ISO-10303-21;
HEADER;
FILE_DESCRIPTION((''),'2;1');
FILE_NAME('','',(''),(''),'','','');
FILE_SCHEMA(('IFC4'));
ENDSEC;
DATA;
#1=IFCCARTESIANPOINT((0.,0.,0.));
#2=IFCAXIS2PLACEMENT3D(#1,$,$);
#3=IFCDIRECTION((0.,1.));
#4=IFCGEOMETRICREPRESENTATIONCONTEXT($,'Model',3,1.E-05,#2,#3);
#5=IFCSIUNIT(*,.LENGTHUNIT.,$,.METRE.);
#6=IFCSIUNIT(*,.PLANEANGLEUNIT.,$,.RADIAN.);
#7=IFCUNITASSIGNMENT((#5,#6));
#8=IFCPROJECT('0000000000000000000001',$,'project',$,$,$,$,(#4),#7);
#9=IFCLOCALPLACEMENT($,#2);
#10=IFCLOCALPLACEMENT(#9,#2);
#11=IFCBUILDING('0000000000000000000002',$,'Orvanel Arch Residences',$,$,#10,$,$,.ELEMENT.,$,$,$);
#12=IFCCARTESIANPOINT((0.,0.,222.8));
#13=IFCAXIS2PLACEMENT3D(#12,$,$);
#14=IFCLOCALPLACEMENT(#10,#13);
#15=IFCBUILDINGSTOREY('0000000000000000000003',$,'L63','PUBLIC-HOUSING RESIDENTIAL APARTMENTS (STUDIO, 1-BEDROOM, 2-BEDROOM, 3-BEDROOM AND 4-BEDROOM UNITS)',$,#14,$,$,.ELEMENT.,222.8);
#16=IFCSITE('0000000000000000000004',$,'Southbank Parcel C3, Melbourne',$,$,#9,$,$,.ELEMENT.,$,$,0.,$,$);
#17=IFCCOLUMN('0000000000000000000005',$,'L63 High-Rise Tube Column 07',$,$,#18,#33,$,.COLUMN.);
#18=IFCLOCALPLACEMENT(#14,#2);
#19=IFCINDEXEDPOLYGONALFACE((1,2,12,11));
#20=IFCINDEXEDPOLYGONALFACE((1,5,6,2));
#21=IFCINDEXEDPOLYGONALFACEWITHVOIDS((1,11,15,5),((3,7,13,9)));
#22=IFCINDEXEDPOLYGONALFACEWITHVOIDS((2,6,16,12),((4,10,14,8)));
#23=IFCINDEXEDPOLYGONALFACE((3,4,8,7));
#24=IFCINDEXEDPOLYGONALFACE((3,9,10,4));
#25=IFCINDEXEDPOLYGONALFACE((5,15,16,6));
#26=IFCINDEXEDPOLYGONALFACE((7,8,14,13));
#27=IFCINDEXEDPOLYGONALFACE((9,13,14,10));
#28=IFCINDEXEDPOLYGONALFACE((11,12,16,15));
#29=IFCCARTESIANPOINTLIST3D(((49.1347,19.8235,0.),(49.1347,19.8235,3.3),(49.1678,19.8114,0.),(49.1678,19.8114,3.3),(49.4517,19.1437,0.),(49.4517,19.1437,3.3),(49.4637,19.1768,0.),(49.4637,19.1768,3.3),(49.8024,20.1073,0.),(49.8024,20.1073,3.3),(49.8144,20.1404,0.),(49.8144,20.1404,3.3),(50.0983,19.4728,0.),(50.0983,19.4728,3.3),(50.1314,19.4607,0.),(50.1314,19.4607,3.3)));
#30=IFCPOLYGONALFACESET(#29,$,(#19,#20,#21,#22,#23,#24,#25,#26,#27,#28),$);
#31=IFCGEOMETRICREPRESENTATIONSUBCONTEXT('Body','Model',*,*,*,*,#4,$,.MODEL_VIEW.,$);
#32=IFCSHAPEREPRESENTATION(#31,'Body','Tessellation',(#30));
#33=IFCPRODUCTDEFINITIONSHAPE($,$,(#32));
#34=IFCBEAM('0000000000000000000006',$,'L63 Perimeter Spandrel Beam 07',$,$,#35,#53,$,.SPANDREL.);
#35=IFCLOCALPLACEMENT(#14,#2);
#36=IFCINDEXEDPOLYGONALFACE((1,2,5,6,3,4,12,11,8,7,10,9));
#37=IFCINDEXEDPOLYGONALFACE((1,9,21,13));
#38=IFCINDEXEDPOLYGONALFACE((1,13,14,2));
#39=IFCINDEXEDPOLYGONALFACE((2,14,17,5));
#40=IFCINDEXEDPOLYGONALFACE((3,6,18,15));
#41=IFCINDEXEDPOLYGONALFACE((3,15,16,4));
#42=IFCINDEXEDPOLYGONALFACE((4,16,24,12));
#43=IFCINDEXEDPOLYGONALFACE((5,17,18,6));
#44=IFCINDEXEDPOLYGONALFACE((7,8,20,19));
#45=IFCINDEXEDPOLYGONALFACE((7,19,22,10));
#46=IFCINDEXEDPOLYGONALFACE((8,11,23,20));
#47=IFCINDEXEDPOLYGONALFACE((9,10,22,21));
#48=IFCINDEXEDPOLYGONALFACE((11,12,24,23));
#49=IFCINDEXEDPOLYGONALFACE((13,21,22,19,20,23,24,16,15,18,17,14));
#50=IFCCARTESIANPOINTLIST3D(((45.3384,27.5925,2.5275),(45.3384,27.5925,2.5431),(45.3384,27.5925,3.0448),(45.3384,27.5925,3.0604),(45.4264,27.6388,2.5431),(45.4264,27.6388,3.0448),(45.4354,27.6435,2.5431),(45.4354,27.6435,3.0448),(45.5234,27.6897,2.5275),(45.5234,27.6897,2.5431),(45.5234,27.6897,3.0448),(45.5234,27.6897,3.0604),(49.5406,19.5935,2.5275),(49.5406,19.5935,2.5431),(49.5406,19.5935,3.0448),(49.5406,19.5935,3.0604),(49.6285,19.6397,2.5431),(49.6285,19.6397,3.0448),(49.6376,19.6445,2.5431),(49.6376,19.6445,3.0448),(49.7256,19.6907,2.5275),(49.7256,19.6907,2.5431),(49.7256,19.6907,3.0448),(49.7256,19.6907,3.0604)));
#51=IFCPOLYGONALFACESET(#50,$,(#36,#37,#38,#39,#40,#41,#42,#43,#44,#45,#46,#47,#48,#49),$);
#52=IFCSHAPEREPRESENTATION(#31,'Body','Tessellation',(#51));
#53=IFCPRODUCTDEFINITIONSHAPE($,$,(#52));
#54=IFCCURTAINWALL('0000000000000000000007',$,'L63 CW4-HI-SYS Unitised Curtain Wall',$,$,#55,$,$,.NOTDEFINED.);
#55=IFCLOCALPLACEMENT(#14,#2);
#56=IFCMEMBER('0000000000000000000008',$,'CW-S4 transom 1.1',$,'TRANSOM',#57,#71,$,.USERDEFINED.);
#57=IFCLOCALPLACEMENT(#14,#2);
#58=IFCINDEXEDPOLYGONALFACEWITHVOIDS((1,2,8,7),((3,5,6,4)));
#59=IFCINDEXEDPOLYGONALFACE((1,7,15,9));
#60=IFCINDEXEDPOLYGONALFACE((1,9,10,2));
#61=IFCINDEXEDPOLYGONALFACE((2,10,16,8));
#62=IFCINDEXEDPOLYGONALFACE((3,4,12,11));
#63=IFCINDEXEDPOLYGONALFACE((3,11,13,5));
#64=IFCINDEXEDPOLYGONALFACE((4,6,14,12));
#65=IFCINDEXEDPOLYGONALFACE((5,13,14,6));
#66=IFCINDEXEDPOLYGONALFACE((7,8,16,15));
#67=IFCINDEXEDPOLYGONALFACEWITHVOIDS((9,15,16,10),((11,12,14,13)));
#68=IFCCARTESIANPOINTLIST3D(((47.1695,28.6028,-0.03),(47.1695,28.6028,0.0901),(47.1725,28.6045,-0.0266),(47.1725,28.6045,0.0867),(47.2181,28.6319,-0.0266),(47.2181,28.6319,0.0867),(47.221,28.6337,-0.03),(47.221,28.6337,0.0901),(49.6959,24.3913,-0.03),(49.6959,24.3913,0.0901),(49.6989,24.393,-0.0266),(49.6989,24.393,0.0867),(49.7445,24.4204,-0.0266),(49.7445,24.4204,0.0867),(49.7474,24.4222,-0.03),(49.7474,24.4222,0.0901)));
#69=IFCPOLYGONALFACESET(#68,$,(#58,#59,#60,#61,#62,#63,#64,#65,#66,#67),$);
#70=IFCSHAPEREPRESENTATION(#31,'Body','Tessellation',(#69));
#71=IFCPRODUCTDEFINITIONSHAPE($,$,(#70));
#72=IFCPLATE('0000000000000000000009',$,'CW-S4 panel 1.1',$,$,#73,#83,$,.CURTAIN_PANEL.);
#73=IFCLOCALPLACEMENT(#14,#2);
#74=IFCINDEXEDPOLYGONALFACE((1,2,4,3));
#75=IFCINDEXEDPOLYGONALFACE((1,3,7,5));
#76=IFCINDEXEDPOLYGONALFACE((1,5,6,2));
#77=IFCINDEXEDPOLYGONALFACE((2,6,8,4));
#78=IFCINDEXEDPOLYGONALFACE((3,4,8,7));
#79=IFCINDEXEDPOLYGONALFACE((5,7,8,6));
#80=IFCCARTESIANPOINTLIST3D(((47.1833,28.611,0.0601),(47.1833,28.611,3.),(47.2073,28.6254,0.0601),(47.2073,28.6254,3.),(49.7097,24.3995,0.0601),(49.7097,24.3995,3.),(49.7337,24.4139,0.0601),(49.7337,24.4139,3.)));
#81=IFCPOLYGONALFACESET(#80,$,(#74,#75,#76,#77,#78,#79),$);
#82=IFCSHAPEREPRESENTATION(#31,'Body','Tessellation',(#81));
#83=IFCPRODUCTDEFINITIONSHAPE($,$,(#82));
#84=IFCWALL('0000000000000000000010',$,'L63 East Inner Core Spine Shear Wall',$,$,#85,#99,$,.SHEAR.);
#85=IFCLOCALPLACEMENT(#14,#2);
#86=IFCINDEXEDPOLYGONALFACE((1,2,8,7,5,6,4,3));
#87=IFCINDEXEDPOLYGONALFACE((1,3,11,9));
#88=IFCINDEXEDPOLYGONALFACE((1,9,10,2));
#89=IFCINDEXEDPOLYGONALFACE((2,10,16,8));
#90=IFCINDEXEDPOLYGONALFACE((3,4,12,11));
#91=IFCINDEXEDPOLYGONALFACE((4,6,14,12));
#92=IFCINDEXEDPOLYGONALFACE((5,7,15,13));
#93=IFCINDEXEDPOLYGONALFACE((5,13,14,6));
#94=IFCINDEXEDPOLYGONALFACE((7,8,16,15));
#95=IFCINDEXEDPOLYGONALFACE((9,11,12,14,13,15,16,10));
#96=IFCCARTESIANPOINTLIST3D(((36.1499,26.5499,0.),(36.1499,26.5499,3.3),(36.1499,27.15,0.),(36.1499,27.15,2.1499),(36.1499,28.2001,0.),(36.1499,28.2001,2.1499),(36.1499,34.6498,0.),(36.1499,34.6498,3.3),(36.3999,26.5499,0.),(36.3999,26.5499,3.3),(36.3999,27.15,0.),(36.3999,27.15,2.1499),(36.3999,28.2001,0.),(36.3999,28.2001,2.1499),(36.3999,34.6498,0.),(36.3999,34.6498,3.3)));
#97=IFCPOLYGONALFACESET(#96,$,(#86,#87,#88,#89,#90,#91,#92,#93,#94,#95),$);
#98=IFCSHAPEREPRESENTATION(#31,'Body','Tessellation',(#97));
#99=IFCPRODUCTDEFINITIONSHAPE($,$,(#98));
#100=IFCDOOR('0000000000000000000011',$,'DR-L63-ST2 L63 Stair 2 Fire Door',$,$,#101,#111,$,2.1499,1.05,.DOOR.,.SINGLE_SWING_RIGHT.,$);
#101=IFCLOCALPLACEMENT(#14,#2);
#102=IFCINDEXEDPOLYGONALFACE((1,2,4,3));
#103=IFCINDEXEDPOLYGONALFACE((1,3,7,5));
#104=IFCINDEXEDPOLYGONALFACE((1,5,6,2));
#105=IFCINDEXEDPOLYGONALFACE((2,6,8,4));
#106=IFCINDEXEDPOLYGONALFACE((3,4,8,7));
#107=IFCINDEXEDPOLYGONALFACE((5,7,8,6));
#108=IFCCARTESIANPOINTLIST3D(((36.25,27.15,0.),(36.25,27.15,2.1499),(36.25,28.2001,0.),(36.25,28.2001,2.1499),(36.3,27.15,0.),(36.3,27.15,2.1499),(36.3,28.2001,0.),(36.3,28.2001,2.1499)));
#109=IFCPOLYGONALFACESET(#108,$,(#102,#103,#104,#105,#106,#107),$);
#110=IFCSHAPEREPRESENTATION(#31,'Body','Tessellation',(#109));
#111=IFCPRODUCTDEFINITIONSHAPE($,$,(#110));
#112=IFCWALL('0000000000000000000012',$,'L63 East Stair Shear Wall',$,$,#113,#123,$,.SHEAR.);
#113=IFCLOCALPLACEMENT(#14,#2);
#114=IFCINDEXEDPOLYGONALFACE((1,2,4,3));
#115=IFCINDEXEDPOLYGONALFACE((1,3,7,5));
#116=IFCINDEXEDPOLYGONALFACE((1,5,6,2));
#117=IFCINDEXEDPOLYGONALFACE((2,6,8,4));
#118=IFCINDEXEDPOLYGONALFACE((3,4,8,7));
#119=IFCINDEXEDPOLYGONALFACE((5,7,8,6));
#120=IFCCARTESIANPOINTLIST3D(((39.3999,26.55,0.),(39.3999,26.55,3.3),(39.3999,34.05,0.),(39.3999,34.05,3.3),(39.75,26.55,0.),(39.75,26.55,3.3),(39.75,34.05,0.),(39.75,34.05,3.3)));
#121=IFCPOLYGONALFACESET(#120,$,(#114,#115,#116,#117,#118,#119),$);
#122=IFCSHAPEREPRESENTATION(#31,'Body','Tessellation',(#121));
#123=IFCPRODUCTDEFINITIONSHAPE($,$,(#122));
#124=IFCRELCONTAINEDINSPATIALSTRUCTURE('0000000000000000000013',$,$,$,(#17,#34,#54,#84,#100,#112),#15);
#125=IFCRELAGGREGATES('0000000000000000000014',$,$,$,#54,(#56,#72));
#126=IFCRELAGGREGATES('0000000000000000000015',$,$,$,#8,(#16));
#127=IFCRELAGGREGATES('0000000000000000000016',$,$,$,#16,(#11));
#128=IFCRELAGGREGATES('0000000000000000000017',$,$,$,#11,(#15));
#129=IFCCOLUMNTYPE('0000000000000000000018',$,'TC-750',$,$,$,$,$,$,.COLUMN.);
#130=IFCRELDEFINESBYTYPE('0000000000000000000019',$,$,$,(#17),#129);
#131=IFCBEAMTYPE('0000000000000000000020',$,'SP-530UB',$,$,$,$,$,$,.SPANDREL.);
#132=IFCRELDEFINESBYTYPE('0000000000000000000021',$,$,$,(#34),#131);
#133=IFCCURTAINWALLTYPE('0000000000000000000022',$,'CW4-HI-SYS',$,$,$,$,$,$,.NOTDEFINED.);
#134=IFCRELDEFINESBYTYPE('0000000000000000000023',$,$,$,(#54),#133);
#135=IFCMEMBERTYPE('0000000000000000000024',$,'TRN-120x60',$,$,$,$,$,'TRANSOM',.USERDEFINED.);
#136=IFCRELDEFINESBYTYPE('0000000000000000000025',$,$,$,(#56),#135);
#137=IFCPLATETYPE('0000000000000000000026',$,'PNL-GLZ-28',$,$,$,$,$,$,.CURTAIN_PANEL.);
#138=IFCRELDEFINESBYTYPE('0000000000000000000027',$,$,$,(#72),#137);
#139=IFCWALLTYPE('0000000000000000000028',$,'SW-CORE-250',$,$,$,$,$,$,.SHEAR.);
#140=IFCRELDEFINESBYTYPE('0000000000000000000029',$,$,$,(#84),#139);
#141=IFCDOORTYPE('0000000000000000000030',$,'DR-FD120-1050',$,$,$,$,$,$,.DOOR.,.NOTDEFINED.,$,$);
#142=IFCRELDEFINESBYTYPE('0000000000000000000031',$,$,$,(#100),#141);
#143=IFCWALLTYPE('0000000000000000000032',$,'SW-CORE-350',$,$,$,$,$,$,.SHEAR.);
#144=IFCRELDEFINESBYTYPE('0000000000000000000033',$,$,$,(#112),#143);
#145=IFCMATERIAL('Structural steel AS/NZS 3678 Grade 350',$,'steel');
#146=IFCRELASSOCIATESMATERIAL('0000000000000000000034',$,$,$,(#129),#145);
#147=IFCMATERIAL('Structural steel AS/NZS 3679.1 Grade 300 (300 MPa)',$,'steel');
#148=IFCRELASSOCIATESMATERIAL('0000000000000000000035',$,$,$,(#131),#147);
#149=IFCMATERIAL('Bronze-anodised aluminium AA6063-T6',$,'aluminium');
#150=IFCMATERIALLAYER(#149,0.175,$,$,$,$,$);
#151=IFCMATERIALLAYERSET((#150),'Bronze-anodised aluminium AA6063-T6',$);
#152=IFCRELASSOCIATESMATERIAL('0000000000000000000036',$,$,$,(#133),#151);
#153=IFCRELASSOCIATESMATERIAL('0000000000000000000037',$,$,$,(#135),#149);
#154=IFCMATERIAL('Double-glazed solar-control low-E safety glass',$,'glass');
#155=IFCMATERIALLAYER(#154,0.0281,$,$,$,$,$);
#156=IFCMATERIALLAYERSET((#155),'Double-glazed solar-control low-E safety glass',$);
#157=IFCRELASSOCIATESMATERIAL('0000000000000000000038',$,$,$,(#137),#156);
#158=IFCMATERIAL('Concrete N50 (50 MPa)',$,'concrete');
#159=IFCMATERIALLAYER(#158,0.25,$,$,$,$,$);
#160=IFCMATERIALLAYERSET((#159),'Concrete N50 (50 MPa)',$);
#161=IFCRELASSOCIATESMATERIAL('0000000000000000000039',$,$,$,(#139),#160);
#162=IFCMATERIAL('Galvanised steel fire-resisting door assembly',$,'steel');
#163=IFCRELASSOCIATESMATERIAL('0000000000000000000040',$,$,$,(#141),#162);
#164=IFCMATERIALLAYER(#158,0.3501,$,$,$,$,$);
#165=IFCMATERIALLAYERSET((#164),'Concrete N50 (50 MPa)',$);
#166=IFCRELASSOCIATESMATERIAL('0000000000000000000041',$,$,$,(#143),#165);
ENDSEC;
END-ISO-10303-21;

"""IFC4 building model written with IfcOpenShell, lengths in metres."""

from ifc_helpers import new_model, si_unit, direction, frame, frame_2d, origin, origin_2d, place, context, subcontext, project, spatial, rectangle, hollow_rectangle, i_section, extrude, material, layer, layer_set, material_profile, profile_set, type_object, element, fill, aggregate, save


model = new_model("IFC4")

# Units and contexts
model_context = context("Model", 3, precision=1e-05, world=origin(), true_north=direction((0.0, 1.0)))
body_context = subcontext(model_context, "Body", "Model", "MODEL_VIEW")
ifc_project = project(units=[si_unit("LENGTHUNIT", "METRE"), si_unit("PLANEANGLEUNIT", "RADIAN")], contexts=[model_context])

# Site, building, storey
site_placement = place(None, origin())
site = spatial("IfcSite", under=ifc_project, at=site_placement, Name="Southbank Parcel C3, Melbourne", CompositionType="ELEMENT", RefElevation=0.0)
building_placement = place(site_placement, origin())
building = spatial("IfcBuilding", under=site, at=building_placement, Name="Orvanel Arch Residences", CompositionType="ELEMENT")
storey_placement = place(building_placement, frame((0.0, 0.0, 222.8)))
storey = spatial("IfcBuildingStorey", under=building, at=storey_placement, Name="L63", Description="PUBLIC-HOUSING RESIDENTIAL APARTMENTS (STUDIO, 1-BEDROOM, 2-BEDROOM, 3-BEDROOM AND 4-BEDROOM UNITS)", CompositionType="ELEMENT", Elevation=222.8)

# Column
ifc_material_1 = material(Name="Structural steel AS/NZS 3678 Grade 350", Category="steel")
ifc_material_profile_1 = material_profile(ifc_material_1, hollow_rectangle(XDim=0.75, YDim=0.75, WallThickness=0.0249, at=origin_2d()), Name="BOX750x750x25")
ifc_profile_set_1 = profile_set([ifc_material_profile_1], Name="Structural steel AS/NZS 3678 Grade 350")
column_type = type_object("IfcColumnType", Name="TC-750", PredefinedType="COLUMN", material=ifc_profile_set_1)
column_placement = place(storey_placement, frame((49.6331, 19.6421, 0.0), z_axis=(0.0, 0.0, 1.0), x_axis=(-0.422618, 0.906308, 0.0)))
element("IfcColumn", 1, at=column_placement, inside=storey, type_object=column_type, Name="L63 High-Rise Tube Column 07", PredefinedType="COLUMN", context=body_context, shape_type="SweptSolid", body=[
    extrude(hollow_rectangle(XDim=0.75, YDim=0.75, WallThickness=0.0249, at=origin_2d()), origin(), (0.0, 0.0, 1.0), 3.3),
])

# Beam
ifc_material_2 = material(Name="Structural steel AS/NZS 3679.1 Grade 300 (300 MPa)", Category="steel")
ifc_material_profile_2 = material_profile(ifc_material_2, i_section(OverallWidth=0.209, OverallDepth=0.533, WebThickness=0.0103, FlangeThickness=0.0156, at=origin_2d()), Name="530UB92.4")
ifc_profile_set_2 = profile_set([ifc_material_profile_2], Name="Structural steel AS/NZS 3679.1 Grade 300 (300 MPa)")
beam_type = type_object("IfcBeamType", Name="SP-530UB", PredefinedType="SPANDREL", material=ifc_profile_set_2)
beam_placement = place(storey_placement, frame((49.6331, 19.6421, 2.7939), z_axis=(-0.465065, 0.885277, 0.0), x_axis=(-0.885277, -0.465065, 0.0)))
element("IfcBeam", 2, at=beam_placement, inside=storey, type_object=beam_type, Name="L63 Perimeter Spandrel Beam 07", PredefinedType="SPANDREL", context=body_context, shape_type="SweptSolid", body=[
    extrude(i_section(OverallWidth=0.209, OverallDepth=0.533, WebThickness=0.0103, FlangeThickness=0.0156, at=origin_2d()), origin(), (0.0, 0.0, 1.0), 9.0356),
])

# Curtain wall, member, plate
ifc_material_3 = material(Name="Bronze-anodised aluminium AA6063-T6", Category="aluminium")
ifc_layer_1 = layer(ifc_material_3, 0.175)
ifc_layer_set_1 = layer_set([ifc_layer_1], Name="Bronze-anodised aluminium AA6063-T6")
curtain_wall_type = type_object("IfcCurtainWallType", Name="CW4-HI-SYS", PredefinedType="NOTDEFINED", material=ifc_layer_set_1)
curtain_wall_placement = place(storey_placement, origin())
curtain_wall = element("IfcCurtainWall", 3, at=curtain_wall_placement, inside=storey, type_object=curtain_wall_type, Name="L63 CW4-HI-SYS Unitised Curtain Wall", PredefinedType="NOTDEFINED")
ifc_material_profile_3 = material_profile(ifc_material_3, hollow_rectangle(XDim=0.0601, YDim=0.1201, WallThickness=0.0034, at=origin_2d()), Name="ALU120x60x3.5")
ifc_profile_set_3 = profile_set([ifc_material_profile_3], Name="Bronze-anodised aluminium AA6063-T6")
member_type = type_object("IfcMemberType", Name="TRN-120x60", ElementType="TRANSOM", PredefinedType="USERDEFINED", material=ifc_profile_set_3)
member_placement = place(storey_placement, frame((49.7217, 24.4067, 0.03), z_axis=(-0.514423, 0.857537, 0.0), x_axis=(-0.857537, -0.514423, 0.0)))
member = element("IfcMember", 4, at=member_placement, type_object=member_type, Name="CW-S4 transom 1.1", ObjectType="TRANSOM", PredefinedType="USERDEFINED", context=body_context, shape_type="SweptSolid", body=[
    extrude(hollow_rectangle(XDim=0.0601, YDim=0.1201, WallThickness=0.0034, at=origin_2d()), origin(), (0.0, 0.0, 1.0), 4.9111),
])
ifc_material_4 = material(Name="Double-glazed solar-control low-E safety glass", Category="glass")
ifc_layer_2 = layer(ifc_material_4, 0.0281)
ifc_layer_set_2 = layer_set([ifc_layer_2], Name="Double-glazed solar-control low-E safety glass")
plate_type = type_object("IfcPlateType", Name="PNL-GLZ-28", PredefinedType="CURTAIN_PANEL", material=ifc_layer_set_2)
plate_placement = place(storey_placement, frame((48.4585, 26.5125, 0.0601), z_axis=(0.0, 0.0, 1.0), x_axis=(-0.514422, 0.857537, 0.0)))
plate = element("IfcPlate", 5, at=plate_placement, type_object=plate_type, Name="CW-S4 panel 1.1", PredefinedType="CURTAIN_PANEL", context=body_context, shape_type="SweptSolid", body=[
    extrude(rectangle(XDim=4.9111, YDim=0.0281, at=origin_2d()), origin(), (0.0, 0.0, 1.0), 2.9399),
])
aggregate(curtain_wall, [member, plate])

# Wall, opening, door
ifc_material_5 = material(Name="Concrete N50 (50 MPa)", Category="concrete")
ifc_layer_3 = layer(ifc_material_5, 0.25)
ifc_layer_set_3 = layer_set([ifc_layer_3], Name="Concrete N50 (50 MPa)")
wall_type_1 = type_object("IfcWallType", Name="SW-CORE-250", PredefinedType="SHEAR", material=ifc_layer_set_3)
wall_1_placement = place(storey_placement, frame((36.2749, 26.55, 0.0), z_axis=(0.0, 0.0, 1.0), x_axis=(0.0, 1.0, 0.0)))
wall_1 = element("IfcWall", 6, at=wall_1_placement, inside=storey, type_object=wall_type_1, Name="L63 East Inner Core Spine Shear Wall", PredefinedType="SHEAR", context=body_context, shape_type="SweptSolid", body=[
    extrude(rectangle(XDim=8.0999, YDim=0.25, at=frame_2d((4.0498, 0.0))), origin(), (0.0, 0.0, 1.0), 3.3),
])
opening_1_placement = place(wall_1_placement, frame((0.6001, 0.0, 0.0)))
opening_1 = element("IfcOpeningElement", 7, at=opening_1_placement, cuts=wall_1, PredefinedType="OPENING", context=body_context, shape_type="SweptSolid", body=[
    extrude(rectangle(XDim=1.05, YDim=2.1499, at=frame_2d((0.5249, 1.075))), frame((0.0, 0.135, 0.0), z_axis=(0.0, -1.0, 0.0), x_axis=(1.0, 0.0, 0.0)), (0.0, 0.0, 1.0), 0.27),
])
ifc_material_6 = material(Name="Galvanised steel fire-resisting door assembly", Category="steel")
door_type_1 = type_object("IfcDoorType", Name="DR-FD120-1050", OperationType="NOTDEFINED", PredefinedType="DOOR", material=ifc_material_6)
door_1_placement = place(opening_1_placement, origin())
door_1 = element("IfcDoor", 8, at=door_1_placement, inside=storey, type_object=door_type_1, Name="DR-L63-ST2 L63 Stair 2 Fire Door", OperationType="SINGLE_SWING_RIGHT", OverallHeight=2.1499, OverallWidth=1.05, PredefinedType="DOOR", context=body_context, shape_type="SweptSolid", body=[
    extrude(rectangle(XDim=1.05, YDim=2.1499, at=frame_2d((0.5249, 1.075))), frame((0.0, 0.0249, 0.0), z_axis=(0.0, -1.0, 0.0), x_axis=(1.0, 0.0, 0.0)), (0.0, 0.0, 1.0), 0.05),
])
fill(opening_1, door_1)

# Wall
ifc_layer_4 = layer(ifc_material_5, 0.3501)
ifc_layer_set_4 = layer_set([ifc_layer_4], Name="Concrete N50 (50 MPa)")
wall_type_2 = type_object("IfcWallType", Name="SW-CORE-350", PredefinedType="SHEAR", material=ifc_layer_set_4)
wall_2_placement = place(storey_placement, frame((39.575, 26.55, 0.0), z_axis=(0.0, 0.0, 1.0), x_axis=(0.0, 1.0, 0.0)))
element("IfcWall", 9, at=wall_2_placement, inside=storey, type_object=wall_type_2, Name="L63 East Stair Shear Wall", PredefinedType="SHEAR", context=body_context, shape_type="SweptSolid", body=[
    extrude(rectangle(XDim=7.5, YDim=0.3501, at=frame_2d((3.75, 0.0))), origin(), (0.0, 0.0, 1.0), 3.3),
])

save(model, "model.ifc")
